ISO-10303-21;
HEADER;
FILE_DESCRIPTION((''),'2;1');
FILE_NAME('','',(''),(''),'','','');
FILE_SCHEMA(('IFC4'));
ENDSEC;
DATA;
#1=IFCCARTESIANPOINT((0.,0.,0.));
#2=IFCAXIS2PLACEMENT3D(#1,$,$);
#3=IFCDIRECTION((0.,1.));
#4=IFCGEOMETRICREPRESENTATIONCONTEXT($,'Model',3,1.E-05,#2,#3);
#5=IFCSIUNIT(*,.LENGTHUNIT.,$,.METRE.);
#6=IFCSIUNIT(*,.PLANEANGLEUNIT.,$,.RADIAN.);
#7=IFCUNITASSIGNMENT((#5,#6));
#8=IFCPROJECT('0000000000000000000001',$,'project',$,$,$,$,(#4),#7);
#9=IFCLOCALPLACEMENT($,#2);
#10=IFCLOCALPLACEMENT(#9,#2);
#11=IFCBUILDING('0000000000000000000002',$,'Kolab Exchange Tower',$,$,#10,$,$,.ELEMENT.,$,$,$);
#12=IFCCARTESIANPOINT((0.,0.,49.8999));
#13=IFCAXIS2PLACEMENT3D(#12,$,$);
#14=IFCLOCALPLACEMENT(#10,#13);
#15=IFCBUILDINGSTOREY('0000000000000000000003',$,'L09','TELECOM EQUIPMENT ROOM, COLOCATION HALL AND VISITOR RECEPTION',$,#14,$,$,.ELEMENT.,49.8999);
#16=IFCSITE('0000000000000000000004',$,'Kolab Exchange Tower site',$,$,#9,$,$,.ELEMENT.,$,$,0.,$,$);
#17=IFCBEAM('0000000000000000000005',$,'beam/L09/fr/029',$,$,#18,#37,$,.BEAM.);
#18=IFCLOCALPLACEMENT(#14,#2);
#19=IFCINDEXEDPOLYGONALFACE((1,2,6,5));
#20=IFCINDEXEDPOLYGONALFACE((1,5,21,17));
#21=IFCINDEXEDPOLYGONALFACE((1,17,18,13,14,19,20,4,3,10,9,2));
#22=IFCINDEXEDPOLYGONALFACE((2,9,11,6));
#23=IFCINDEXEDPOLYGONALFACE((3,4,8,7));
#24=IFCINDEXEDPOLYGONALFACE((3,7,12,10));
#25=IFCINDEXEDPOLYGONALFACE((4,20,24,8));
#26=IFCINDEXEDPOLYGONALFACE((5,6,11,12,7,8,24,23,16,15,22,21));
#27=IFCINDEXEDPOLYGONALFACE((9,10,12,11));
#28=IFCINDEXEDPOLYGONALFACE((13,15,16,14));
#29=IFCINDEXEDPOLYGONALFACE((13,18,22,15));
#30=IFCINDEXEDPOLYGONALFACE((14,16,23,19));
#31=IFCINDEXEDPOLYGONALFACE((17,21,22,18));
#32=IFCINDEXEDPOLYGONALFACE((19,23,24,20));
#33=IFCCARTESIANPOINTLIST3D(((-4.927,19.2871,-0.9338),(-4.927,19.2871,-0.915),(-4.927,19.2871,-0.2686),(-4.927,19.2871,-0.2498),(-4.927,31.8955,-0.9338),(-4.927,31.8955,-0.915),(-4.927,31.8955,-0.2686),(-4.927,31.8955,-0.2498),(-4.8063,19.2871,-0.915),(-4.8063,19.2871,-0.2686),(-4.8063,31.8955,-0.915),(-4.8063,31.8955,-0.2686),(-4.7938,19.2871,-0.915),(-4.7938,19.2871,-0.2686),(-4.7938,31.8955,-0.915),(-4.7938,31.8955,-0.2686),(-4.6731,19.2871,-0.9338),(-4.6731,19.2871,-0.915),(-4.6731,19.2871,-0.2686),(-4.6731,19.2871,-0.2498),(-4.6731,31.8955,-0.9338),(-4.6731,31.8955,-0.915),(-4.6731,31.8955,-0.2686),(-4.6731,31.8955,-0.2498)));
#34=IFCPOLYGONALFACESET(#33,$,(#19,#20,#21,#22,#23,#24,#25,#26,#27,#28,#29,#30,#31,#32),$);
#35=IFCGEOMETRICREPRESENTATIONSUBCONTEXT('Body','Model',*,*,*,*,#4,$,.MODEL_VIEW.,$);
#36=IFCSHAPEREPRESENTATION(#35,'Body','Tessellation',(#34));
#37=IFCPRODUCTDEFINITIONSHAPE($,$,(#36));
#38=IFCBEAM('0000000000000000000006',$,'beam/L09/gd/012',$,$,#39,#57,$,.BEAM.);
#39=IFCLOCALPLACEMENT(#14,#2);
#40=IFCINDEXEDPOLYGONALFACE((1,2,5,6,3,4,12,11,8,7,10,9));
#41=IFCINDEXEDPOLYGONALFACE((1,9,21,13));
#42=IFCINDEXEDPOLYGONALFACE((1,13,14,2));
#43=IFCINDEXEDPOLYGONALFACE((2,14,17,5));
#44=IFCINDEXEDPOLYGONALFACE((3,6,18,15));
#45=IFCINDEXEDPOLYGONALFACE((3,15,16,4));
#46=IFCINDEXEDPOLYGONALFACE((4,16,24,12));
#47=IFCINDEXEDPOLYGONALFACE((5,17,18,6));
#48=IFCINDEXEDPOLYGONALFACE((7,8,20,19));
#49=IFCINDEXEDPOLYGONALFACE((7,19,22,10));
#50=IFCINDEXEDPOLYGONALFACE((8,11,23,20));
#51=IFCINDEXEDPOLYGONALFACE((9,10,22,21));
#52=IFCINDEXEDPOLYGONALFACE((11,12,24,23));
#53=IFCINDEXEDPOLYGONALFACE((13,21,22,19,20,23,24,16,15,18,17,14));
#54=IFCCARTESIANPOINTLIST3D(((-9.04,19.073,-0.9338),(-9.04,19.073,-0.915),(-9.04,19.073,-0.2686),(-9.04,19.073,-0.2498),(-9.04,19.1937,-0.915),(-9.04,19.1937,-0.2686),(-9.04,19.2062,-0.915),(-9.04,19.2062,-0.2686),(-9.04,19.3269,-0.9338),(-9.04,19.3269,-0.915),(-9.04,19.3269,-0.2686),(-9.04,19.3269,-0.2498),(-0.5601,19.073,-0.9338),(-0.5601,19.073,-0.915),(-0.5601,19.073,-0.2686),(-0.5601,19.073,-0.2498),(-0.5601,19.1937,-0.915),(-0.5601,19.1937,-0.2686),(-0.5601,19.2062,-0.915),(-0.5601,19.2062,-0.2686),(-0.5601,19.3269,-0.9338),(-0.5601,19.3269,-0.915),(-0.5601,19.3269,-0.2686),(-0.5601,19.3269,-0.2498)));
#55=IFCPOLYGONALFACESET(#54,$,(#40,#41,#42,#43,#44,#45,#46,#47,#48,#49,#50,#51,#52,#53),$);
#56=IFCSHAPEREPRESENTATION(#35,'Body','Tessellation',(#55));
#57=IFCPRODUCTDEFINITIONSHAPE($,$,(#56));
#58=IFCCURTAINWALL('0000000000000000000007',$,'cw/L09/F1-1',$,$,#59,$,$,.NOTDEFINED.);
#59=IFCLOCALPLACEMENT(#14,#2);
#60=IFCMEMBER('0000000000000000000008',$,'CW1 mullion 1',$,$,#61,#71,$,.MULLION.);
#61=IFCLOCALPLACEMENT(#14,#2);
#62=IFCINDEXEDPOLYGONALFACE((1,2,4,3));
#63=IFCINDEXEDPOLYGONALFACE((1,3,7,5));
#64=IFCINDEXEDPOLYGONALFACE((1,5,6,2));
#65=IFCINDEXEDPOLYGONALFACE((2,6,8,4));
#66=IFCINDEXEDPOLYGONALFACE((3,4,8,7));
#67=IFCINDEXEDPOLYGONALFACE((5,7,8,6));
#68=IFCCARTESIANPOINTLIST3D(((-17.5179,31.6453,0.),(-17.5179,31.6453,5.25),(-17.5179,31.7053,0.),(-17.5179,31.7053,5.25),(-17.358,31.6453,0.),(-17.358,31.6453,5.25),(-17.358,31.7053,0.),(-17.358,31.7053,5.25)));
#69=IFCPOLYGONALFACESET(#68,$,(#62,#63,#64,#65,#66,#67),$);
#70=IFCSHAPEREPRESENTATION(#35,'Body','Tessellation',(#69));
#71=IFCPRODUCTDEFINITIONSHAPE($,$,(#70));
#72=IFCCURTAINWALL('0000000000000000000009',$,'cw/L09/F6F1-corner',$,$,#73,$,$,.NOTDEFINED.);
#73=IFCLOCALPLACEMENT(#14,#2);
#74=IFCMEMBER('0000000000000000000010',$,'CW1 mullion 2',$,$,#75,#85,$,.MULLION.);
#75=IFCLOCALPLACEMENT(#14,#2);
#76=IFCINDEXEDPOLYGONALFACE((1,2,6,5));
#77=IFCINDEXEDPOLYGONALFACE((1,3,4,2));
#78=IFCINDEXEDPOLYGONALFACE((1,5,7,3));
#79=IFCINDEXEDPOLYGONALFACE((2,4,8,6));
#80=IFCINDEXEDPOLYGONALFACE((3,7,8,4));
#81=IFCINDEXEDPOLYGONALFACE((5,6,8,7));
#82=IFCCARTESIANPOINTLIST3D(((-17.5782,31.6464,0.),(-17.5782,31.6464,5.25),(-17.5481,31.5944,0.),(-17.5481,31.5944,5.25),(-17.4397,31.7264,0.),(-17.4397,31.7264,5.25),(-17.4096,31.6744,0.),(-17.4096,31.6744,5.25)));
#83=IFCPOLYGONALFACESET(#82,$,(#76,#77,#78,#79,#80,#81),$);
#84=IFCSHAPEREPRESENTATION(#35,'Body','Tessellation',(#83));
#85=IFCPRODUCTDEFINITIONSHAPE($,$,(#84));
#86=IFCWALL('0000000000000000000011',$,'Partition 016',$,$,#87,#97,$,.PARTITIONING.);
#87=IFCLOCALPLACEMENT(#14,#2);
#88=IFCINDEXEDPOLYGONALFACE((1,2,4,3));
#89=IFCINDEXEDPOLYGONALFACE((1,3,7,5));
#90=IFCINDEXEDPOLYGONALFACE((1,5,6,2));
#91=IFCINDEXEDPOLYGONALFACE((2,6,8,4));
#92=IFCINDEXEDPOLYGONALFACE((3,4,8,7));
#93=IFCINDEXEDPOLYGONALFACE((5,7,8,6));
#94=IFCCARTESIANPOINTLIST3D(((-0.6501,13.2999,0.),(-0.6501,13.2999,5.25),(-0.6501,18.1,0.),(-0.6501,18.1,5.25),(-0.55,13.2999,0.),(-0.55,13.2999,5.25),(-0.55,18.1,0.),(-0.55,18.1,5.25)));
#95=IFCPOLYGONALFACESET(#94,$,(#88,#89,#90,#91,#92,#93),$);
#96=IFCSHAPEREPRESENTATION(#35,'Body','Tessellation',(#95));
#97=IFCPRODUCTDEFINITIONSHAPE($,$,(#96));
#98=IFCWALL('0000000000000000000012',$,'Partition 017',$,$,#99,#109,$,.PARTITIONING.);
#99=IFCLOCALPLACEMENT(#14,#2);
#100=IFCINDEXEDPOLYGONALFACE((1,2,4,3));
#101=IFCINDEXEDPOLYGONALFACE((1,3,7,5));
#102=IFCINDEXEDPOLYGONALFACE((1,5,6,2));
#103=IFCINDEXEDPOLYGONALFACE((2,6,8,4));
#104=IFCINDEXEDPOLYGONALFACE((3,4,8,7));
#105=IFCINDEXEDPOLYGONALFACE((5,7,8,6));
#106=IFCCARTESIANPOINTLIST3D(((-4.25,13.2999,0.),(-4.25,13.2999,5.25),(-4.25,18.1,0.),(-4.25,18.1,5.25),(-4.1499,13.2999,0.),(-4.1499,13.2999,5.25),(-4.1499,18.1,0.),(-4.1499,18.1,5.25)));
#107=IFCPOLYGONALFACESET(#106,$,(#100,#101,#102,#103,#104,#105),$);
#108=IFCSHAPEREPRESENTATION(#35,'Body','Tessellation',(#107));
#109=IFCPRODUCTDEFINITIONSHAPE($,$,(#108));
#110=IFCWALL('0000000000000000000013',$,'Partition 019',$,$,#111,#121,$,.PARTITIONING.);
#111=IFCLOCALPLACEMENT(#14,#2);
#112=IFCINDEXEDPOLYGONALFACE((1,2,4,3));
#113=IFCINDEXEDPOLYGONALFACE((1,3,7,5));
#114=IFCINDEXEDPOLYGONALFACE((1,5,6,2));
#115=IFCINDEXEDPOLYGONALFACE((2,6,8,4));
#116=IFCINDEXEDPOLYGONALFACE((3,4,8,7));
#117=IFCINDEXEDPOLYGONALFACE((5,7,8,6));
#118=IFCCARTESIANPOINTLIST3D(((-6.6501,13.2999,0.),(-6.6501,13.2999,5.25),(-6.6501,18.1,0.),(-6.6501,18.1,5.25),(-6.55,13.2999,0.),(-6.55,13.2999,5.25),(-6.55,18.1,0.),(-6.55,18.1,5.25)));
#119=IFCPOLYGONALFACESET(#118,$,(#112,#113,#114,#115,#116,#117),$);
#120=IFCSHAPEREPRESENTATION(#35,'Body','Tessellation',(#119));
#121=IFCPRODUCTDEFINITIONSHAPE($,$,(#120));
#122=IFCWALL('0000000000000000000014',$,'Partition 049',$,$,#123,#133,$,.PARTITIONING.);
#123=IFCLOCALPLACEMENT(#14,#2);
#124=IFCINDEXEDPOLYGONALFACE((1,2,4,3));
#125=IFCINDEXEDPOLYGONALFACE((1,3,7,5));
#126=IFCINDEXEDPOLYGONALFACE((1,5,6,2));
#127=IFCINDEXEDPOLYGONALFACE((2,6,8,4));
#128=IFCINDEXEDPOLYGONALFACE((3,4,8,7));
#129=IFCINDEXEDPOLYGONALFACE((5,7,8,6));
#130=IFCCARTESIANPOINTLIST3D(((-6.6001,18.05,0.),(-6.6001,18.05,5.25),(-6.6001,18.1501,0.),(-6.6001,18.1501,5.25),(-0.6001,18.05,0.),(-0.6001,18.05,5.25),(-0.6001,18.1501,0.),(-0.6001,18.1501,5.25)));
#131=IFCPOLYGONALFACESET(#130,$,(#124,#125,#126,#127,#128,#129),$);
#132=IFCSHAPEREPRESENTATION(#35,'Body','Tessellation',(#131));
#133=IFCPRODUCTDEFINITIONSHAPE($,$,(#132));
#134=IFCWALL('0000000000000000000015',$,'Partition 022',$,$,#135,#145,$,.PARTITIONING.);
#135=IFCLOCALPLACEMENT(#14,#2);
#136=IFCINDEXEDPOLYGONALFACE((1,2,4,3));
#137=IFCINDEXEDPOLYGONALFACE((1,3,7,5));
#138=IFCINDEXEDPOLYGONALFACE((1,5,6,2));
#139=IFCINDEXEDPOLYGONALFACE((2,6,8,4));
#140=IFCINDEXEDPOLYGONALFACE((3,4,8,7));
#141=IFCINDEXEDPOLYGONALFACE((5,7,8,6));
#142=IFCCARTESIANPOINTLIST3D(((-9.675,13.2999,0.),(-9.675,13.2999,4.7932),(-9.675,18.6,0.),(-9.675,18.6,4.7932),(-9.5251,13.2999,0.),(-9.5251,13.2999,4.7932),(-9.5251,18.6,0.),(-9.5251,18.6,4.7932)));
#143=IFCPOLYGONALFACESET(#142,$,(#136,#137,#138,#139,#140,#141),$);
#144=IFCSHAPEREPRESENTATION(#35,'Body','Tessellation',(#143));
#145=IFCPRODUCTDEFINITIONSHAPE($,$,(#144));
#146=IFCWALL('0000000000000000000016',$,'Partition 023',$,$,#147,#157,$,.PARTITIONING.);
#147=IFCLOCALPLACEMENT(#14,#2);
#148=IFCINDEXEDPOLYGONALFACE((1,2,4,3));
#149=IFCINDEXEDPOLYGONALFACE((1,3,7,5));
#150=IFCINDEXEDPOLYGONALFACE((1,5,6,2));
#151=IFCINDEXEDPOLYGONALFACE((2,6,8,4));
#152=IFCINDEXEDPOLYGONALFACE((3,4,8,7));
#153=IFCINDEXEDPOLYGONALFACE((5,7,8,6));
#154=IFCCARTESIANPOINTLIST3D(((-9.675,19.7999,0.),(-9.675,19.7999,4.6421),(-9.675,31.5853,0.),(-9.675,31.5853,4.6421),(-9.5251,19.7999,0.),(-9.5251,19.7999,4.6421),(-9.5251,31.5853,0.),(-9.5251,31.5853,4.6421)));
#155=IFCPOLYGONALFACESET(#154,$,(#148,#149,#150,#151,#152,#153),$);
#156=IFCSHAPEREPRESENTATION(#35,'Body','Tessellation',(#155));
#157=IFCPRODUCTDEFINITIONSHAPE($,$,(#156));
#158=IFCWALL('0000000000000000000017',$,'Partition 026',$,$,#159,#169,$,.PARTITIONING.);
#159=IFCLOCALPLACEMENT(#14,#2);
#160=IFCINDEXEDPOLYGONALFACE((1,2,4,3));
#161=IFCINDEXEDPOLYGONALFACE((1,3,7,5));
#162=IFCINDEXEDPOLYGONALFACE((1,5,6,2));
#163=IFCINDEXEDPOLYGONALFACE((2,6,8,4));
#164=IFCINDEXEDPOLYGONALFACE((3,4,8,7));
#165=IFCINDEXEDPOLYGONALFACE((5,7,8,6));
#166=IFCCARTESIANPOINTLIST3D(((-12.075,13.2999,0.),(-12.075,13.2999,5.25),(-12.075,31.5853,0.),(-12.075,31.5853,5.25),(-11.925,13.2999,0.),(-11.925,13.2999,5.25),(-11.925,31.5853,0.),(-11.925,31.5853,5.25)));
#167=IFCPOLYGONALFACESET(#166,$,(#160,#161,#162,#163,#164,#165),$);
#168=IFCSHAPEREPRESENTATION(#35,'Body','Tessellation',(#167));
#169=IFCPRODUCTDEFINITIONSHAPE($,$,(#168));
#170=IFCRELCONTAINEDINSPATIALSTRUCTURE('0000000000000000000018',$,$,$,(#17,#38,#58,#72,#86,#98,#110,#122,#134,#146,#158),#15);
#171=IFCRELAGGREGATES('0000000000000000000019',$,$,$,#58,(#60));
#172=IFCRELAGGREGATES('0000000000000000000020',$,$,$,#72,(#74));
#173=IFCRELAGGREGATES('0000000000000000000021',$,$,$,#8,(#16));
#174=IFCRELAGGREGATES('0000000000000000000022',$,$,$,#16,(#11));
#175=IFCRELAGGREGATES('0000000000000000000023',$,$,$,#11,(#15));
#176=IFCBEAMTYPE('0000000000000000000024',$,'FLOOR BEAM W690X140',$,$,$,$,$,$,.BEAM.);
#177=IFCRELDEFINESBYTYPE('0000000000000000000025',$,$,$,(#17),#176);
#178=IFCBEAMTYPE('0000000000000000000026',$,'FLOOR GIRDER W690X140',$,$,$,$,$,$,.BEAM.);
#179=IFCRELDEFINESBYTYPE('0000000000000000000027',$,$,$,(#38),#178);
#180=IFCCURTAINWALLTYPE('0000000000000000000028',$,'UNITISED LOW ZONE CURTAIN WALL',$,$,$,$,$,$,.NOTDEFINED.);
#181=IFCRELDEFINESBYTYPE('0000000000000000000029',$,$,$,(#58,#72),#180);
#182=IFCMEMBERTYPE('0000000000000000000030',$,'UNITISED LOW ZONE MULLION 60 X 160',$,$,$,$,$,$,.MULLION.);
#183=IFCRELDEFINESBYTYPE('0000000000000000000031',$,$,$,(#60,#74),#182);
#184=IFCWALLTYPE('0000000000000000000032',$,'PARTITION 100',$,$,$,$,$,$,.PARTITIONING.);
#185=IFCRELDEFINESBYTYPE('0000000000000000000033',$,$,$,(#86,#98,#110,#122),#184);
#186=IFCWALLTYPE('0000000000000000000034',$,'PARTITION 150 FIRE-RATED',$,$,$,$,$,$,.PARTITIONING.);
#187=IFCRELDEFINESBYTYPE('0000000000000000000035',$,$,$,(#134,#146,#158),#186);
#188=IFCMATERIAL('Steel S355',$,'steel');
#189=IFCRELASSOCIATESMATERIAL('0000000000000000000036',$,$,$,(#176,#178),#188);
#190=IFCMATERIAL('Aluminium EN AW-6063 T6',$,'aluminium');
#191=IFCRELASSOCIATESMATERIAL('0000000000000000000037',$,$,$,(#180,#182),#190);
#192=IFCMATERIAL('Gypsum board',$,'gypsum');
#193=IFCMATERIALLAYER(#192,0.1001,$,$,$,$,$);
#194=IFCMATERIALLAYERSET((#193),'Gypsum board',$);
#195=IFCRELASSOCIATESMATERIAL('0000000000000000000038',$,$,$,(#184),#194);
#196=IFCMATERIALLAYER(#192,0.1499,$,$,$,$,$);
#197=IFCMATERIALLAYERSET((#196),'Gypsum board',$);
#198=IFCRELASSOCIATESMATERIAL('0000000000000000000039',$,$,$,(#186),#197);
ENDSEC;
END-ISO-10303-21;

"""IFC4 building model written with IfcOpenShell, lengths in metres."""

from ifc_helpers import new_model, si_unit, direction, frame, frame_2d, origin, origin_2d, place, context, subcontext, project, spatial, rectangle, i_section, extrude, material, layer, layer_set, material_profile, profile_set, type_object, element, aggregate, save


model = new_model("IFC4")

# Units and contexts
model_context = context("Model", 3, precision=1e-05, world=origin(), true_north=direction((0.0, 1.0)))
body_context = subcontext(model_context, "Body", "Model", "MODEL_VIEW")
ifc_project = project(units=[si_unit("LENGTHUNIT", "METRE"), si_unit("PLANEANGLEUNIT", "RADIAN")], contexts=[model_context])

# Site, building, storey
site_placement = place(None, origin())
site = spatial("IfcSite", under=ifc_project, at=site_placement, Name="Kolab Exchange Tower site", CompositionType="ELEMENT", RefElevation=0.0)
building_placement = place(site_placement, origin())
building = spatial("IfcBuilding", under=site, at=building_placement, Name="Kolab Exchange Tower", CompositionType="ELEMENT")
storey_placement = place(building_placement, frame((0.0, 0.0, 49.8999)))
storey = spatial("IfcBuildingStorey", under=building, at=storey_placement, Name="L09", Description="TELECOM EQUIPMENT ROOM, COLOCATION HALL AND VISITOR RECEPTION", CompositionType="ELEMENT", Elevation=49.8999)

# Beams
ifc_material_1 = material(Name="Steel S355", Category="steel")
ifc_material_profile_1 = material_profile(ifc_material_1, i_section(OverallWidth=0.2539, OverallDepth=0.6841, WebThickness=0.0125, FlangeThickness=0.0188, at=origin_2d()), Name="W690X140")
ifc_profile_set_1 = profile_set([ifc_material_profile_1], Name="Steel S355")
beam_type_1 = type_object("IfcBeamType", Name="FLOOR BEAM W690X140", PredefinedType="BEAM", material=ifc_profile_set_1)
for number, where, z_axis, x_axis, name in (
    (1, (-4.8, 19.2871, -0.5918), (0.0, 1.0, 0.0), (-1.0, 0.0, 0.0), "beam/L09/fr/029"),
):
    element("IfcBeam", number, at=place(storey_placement, frame(where, z_axis=z_axis, x_axis=x_axis)), inside=storey, type_object=beam_type_1, Name=name, PredefinedType="BEAM", context=body_context, shape_type="SweptSolid", body=[
        extrude(i_section(OverallWidth=0.2539, OverallDepth=0.6841, WebThickness=0.0125, FlangeThickness=0.0188, at=origin_2d()), origin(), (0.0, 0.0, 1.0), 12.6084),
    ])
ifc_material_profile_2 = material_profile(ifc_material_1, i_section(OverallWidth=0.2539, OverallDepth=0.6841, WebThickness=0.0125, FlangeThickness=0.0188, at=origin_2d()), Name="W690X140")
ifc_profile_set_2 = profile_set([ifc_material_profile_2], Name="Steel S355")
beam_type_2 = type_object("IfcBeamType", Name="FLOOR GIRDER W690X140", PredefinedType="BEAM", material=ifc_profile_set_2)
beam_1_placement = place(storey_placement, frame((-9.04, 19.2, -0.5918), z_axis=(1.0, 0.0, 0.0), x_axis=(0.0, 1.0, 0.0)))
element("IfcBeam", 2, at=beam_1_placement, inside=storey, type_object=beam_type_2, Name="beam/L09/gd/012", PredefinedType="BEAM", context=body_context, shape_type="SweptSolid", body=[
    extrude(i_section(OverallWidth=0.2539, OverallDepth=0.6841, WebThickness=0.0125, FlangeThickness=0.0188, at=origin_2d()), origin(), (0.0, 0.0, 1.0), 8.48),
])

# Curtain walls, members
ifc_material_2 = material(Name="Aluminium EN AW-6063 T6", Category="aluminium")
curtain_wall_type = type_object("IfcCurtainWallType", Name="UNITISED LOW ZONE CURTAIN WALL", PredefinedType="NOTDEFINED", material=ifc_material_2)
curtain_wall_1_placement = place(storey_placement, origin())
curtain_wall_1 = element("IfcCurtainWall", 3, at=curtain_wall_1_placement, inside=storey, type_object=curtain_wall_type, Name="cw/L09/F1-1", PredefinedType="NOTDEFINED")
ifc_material_profile_3 = material_profile(ifc_material_2, rectangle(XDim=0.0601, YDim=0.1599, at=origin_2d()), Name="RECT 60X160")
ifc_profile_set_3 = profile_set([ifc_material_profile_3], Name="Aluminium EN AW-6063 T6")
member_type = type_object("IfcMemberType", Name="UNITISED LOW ZONE MULLION 60 X 160", PredefinedType="MULLION", material=ifc_profile_set_3)
member_1_placement = place(storey_placement, frame((-17.438, 31.6753, 0.0), z_axis=(0.0, 0.0, 1.0), x_axis=(0.0, 1.0, 0.0)))
member_1 = element("IfcMember", 4, at=member_1_placement, type_object=member_type, Name="CW1 mullion 1", PredefinedType="MULLION", context=body_context, shape_type="SweptSolid", body=[
    extrude(rectangle(XDim=0.0601, YDim=0.1599, at=origin_2d()), origin(), (0.0, 0.0, 1.0), 5.25),
])
aggregate(curtain_wall_1, [member_1])
curtain_wall_2_placement = place(storey_placement, origin())
curtain_wall_2 = element("IfcCurtainWall", 5, at=curtain_wall_2_placement, inside=storey, type_object=curtain_wall_type, Name="cw/L09/F6F1-corner", PredefinedType="NOTDEFINED")
member_2_placement = place(storey_placement, frame((-17.4939, 31.6604, 0.0), z_axis=(0.0, 0.0, 1.0), x_axis=(-0.5, 0.866025, 0.0)))
member_2 = element("IfcMember", 6, at=member_2_placement, type_object=member_type, Name="CW1 mullion 2", PredefinedType="MULLION", context=body_context, shape_type="SweptSolid", body=[
    extrude(rectangle(XDim=0.0601, YDim=0.1599, at=origin_2d()), origin(), (0.0, 0.0, 1.0), 5.25),
])
aggregate(curtain_wall_2, [member_2])

# Walls
ifc_material_3 = material(Name="Gypsum board", Category="gypsum")
ifc_layer_1 = layer(ifc_material_3, 0.1001)
ifc_layer_set_1 = layer_set([ifc_layer_1], Name="Gypsum board")
wall_type_1 = type_object("IfcWallType", Name="PARTITION 100", PredefinedType="PARTITIONING", material=ifc_layer_set_1)
for number, where, z_axis, x_axis, name in (
    (7, (-0.6001, 13.3, 0.0), (0.0, 0.0, 1.0), (0.0, 1.0, 0.0), "Partition 016"),
    (8, (-4.2, 13.3, 0.0), (0.0, 0.0, 1.0), (0.0, 1.0, 0.0), "Partition 017"),
    (9, (-6.6001, 13.3, 0.0), (0.0, 0.0, 1.0), (0.0, 1.0, 0.0), "Partition 019"),
):
    element("IfcWall", number, at=place(storey_placement, frame(where, z_axis=z_axis, x_axis=x_axis)), inside=storey, type_object=wall_type_1, Name=name, PredefinedType="PARTITIONING", context=body_context, shape_type="SweptSolid", body=[
        extrude(rectangle(XDim=4.8, YDim=0.1001, at=frame_2d((2.3999, 0.0))), origin(), (0.0, 0.0, 1.0), 5.25),
    ])
wall_1_placement = place(storey_placement, frame((-6.6001, 18.1001, 0.0), z_axis=(0.0, 0.0, 1.0), x_axis=(1.0, 0.0, 0.0)))
element("IfcWall", 10, at=wall_1_placement, inside=storey, type_object=wall_type_1, Name="Partition 049", PredefinedType="PARTITIONING", context=body_context, shape_type="SweptSolid", body=[
    extrude(rectangle(XDim=6.0, YDim=0.1001, at=frame_2d((3.0, 0.0))), origin(), (0.0, 0.0, 1.0), 5.25),
])
ifc_layer_2 = layer(ifc_material_3, 0.1499)
ifc_layer_set_2 = layer_set([ifc_layer_2], Name="Gypsum board")
wall_type_2 = type_object("IfcWallType", Name="PARTITION 150 FIRE-RATED", PredefinedType="PARTITIONING", material=ifc_layer_set_2)
wall_2_placement = place(storey_placement, frame((-9.6001, 13.3, 0.0), z_axis=(0.0, 0.0, 1.0), x_axis=(0.0, 1.0, 0.0)))
element("IfcWall", 11, at=wall_2_placement, inside=storey, type_object=wall_type_2, Name="Partition 022", PredefinedType="PARTITIONING", context=body_context, shape_type="SweptSolid", body=[
    extrude(rectangle(XDim=5.3, YDim=0.1499, at=frame_2d((2.6499, 0.0))), origin(), (0.0, 0.0, 1.0), 4.7932),
])
wall_3_placement = place(storey_placement, frame((-9.6001, 19.8, 0.0), z_axis=(0.0, 0.0, 1.0), x_axis=(0.0, 1.0, 0.0)))
element("IfcWall", 12, at=wall_3_placement, inside=storey, type_object=wall_type_2, Name="Partition 023", PredefinedType="PARTITIONING", context=body_context, shape_type="SweptSolid", body=[
    extrude(rectangle(XDim=11.7854, YDim=0.1499, at=frame_2d((5.8926, 0.0))), origin(), (0.0, 0.0, 1.0), 4.6421),
])
wall_4_placement = place(storey_placement, frame((-12.0, 13.3, 0.0), z_axis=(0.0, 0.0, 1.0), x_axis=(0.0, 1.0, 0.0)))
element("IfcWall", 13, at=wall_4_placement, inside=storey, type_object=wall_type_2, Name="Partition 026", PredefinedType="PARTITIONING", context=body_context, shape_type="SweptSolid", body=[
    extrude(rectangle(XDim=18.2854, YDim=0.1499, at=frame_2d((9.1426, 0.0))), origin(), (0.0, 0.0, 1.0), 5.25),
])

save(model, "model.ifc")
